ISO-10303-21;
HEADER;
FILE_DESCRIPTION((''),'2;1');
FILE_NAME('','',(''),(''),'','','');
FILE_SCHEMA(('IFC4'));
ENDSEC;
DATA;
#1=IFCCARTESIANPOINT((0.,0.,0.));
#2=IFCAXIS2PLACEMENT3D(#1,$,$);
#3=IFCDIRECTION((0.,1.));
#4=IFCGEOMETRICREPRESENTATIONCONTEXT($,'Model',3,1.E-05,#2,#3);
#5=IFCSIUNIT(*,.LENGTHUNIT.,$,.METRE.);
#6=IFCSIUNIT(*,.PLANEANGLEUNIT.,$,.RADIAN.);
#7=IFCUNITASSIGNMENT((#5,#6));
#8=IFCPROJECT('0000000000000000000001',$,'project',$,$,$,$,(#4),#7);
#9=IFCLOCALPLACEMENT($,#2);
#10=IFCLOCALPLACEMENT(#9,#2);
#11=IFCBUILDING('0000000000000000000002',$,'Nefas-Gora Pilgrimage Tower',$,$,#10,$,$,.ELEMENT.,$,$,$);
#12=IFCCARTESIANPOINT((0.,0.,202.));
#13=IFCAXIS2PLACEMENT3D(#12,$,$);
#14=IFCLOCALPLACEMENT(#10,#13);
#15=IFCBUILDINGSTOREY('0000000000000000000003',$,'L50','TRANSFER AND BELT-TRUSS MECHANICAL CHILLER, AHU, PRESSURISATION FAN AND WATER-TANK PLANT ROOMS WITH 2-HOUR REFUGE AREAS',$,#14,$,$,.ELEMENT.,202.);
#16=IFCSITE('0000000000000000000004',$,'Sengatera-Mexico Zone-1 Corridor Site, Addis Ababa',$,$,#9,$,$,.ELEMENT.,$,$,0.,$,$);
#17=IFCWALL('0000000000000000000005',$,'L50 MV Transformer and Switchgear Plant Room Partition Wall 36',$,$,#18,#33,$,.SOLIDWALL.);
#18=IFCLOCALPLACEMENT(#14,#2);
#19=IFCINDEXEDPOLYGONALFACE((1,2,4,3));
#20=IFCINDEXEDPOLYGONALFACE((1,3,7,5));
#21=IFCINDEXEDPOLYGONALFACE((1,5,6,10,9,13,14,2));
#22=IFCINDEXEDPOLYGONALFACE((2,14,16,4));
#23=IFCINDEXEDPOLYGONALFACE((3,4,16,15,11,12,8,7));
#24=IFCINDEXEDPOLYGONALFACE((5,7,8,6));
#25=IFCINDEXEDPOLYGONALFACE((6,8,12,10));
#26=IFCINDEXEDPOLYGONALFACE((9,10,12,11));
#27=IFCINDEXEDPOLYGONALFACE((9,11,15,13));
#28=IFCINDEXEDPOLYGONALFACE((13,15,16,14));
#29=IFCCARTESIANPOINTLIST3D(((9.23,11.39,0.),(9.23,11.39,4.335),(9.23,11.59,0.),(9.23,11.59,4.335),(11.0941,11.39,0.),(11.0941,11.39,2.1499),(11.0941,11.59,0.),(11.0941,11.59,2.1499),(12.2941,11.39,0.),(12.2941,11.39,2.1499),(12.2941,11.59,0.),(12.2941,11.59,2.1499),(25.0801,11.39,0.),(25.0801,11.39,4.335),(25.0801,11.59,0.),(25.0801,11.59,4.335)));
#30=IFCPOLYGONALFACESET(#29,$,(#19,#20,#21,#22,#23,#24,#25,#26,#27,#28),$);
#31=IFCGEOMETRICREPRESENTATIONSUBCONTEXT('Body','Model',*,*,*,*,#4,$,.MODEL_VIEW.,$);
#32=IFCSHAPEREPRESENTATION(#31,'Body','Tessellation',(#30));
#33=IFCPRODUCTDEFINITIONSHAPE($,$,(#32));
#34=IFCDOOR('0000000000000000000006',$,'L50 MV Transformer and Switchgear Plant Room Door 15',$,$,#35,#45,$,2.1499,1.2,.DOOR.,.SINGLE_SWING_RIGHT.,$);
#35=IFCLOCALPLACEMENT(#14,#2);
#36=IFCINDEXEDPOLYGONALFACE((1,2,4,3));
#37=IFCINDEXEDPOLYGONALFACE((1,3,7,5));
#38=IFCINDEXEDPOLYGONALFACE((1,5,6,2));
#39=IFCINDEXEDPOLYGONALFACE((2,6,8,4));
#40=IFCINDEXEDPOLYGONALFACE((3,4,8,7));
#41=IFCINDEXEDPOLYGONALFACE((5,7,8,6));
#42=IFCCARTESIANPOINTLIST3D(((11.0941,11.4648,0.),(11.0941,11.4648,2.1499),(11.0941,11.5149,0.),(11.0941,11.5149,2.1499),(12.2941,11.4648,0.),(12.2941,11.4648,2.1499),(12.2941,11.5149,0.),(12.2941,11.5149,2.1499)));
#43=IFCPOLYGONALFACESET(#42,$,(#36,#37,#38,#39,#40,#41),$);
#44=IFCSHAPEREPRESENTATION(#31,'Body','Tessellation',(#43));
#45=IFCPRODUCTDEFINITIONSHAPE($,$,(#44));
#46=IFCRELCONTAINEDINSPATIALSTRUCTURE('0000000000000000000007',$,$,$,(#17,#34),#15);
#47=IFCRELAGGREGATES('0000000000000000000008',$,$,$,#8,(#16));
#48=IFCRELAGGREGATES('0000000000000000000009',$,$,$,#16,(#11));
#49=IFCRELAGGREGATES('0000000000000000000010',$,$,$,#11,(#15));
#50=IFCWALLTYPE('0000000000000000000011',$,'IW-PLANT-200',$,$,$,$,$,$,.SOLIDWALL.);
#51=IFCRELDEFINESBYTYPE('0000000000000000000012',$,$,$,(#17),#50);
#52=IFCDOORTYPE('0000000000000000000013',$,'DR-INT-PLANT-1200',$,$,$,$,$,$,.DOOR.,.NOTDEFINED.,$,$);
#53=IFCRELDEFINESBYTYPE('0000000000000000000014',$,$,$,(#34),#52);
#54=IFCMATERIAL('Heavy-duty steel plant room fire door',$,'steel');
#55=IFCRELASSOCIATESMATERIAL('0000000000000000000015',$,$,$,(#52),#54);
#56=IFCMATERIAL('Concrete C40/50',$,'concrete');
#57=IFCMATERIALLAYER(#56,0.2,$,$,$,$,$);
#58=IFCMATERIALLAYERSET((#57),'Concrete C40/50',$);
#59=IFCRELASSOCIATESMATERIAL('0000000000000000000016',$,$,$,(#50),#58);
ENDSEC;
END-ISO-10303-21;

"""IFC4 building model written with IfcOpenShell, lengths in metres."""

from ifc_helpers import new_model, si_unit, direction, frame, frame_2d, origin, place, context, subcontext, project, spatial, rectangle, extrude, source, transform, mapped, material, layer, layer_set, type_object, element, fill, save


model = new_model("IFC4")

# Units and contexts
model_context = context("Model", 3, precision=1e-05, world=origin(), true_north=direction((0.0, 1.0)))
body_context = subcontext(model_context, "Body", "Model", "MODEL_VIEW")
ifc_project = project(units=[si_unit("LENGTHUNIT", "METRE"), si_unit("PLANEANGLEUNIT", "RADIAN")], contexts=[model_context])

# Site, building, storey
site_placement = place(None, origin())
site = spatial("IfcSite", under=ifc_project, at=site_placement, Name="Sengatera-Mexico Zone-1 Corridor Site, Addis Ababa", CompositionType="ELEMENT", RefElevation=0.0)
building_placement = place(site_placement, origin())
building = spatial("IfcBuilding", under=site, at=building_placement, Name="Nefas-Gora Pilgrimage Tower", CompositionType="ELEMENT")
storey_placement = place(building_placement, frame((0.0, 0.0, 202.0)))
storey = spatial("IfcBuildingStorey", under=building, at=storey_placement, Name="L50", Description="TRANSFER AND BELT-TRUSS MECHANICAL CHILLER, AHU, PRESSURISATION FAN AND WATER-TANK PLANT ROOMS WITH 2-HOUR REFUGE AREAS", CompositionType="ELEMENT", Elevation=202.0)

# Shared definitions
ifc_material_1 = material(Name="Concrete C40/50", Category="concrete")

# Shared definitions
ifc_material_2 = material(Name="Heavy-duty steel plant room fire door", Category="steel")
door_type_1 = type_object("IfcDoorType", Name="DR-INT-PLANT-1200", OperationType="NOTDEFINED", PredefinedType="DOOR", material=ifc_material_2)
shared_shape_1 = source(origin(), body_context, "Body", "SweptSolid", [
    extrude(rectangle(XDim=1.2, YDim=2.1499, at=frame_2d((0.6001, 1.075))), frame((0.0, 0.0249, 0.0), z_axis=(0.0, -1.0, 0.0), x_axis=(1.0, 0.0, 0.0)), (0.0, 0.0, 1.0), 0.05),
])

# Shared definitions
ifc_layer_1 = layer(ifc_material_1, 0.2)
ifc_layer_set_1 = layer_set([ifc_layer_1], Name="Concrete C40/50")
wall_type_1 = type_object("IfcWallType", Name="IW-PLANT-200", PredefinedType="SOLIDWALL", material=ifc_layer_set_1)

# Wall, opening, door
shared_shape_2 = source(origin(), body_context, "Body", "SweptSolid", [
    extrude(rectangle(XDim=15.8501, YDim=0.2, at=frame_2d((7.925, 0.0))), origin(), (0.0, 0.0, 1.0), 4.335),
])
wall_1_placement = place(storey_placement, frame((9.23, 11.49, 0.0), z_axis=(0.0, 0.0, 1.0), x_axis=(1.0, 0.0, 0.0)))
wall_1 = element("IfcWall", 1, at=wall_1_placement, inside=storey, type_object=wall_type_1, Name="L50 MV Transformer and Switchgear Plant Room Partition Wall 36", PredefinedType="SOLIDWALL", context=body_context, shape_type="MappedRepresentation", body=[
    mapped(shared_shape_2, transform((0.0, 0.0, 0.0), x_axis=(1.0, 0.0, 0.0), y_axis=(0.0, 1.0, 0.0), z_axis=(0.0, 0.0, 1.0), scale=1.0)),
])
opening_1_placement = place(wall_1_placement, frame((1.864, 0.0, 0.0)))
opening_1 = element("IfcOpeningElement", 2, at=opening_1_placement, cuts=wall_1, PredefinedType="OPENING", context=body_context, shape_type="SweptSolid", body=[
    extrude(rectangle(XDim=1.2, YDim=2.1499, at=frame_2d((0.6001, 1.075))), frame((0.0, 0.1099, 0.0), z_axis=(0.0, -1.0, 0.0), x_axis=(1.0, 0.0, 0.0)), (0.0, 0.0, 1.0), 0.22),
])
door_1_placement = place(opening_1_placement, origin())
door_1 = element("IfcDoor", 3, at=door_1_placement, inside=storey, type_object=door_type_1, Name="L50 MV Transformer and Switchgear Plant Room Door 15", OperationType="SINGLE_SWING_RIGHT", OverallHeight=2.1499, OverallWidth=1.2, PredefinedType="DOOR", context=body_context, shape_type="MappedRepresentation", body=[
    mapped(shared_shape_1, transform((0.0, 0.0, 0.0), x_axis=(1.0, 0.0, 0.0), y_axis=(0.0, 1.0, 0.0), z_axis=(0.0, 0.0, 1.0), scale=1.0)),
])
fill(opening_1, door_1)

save(model, "model.ifc")
